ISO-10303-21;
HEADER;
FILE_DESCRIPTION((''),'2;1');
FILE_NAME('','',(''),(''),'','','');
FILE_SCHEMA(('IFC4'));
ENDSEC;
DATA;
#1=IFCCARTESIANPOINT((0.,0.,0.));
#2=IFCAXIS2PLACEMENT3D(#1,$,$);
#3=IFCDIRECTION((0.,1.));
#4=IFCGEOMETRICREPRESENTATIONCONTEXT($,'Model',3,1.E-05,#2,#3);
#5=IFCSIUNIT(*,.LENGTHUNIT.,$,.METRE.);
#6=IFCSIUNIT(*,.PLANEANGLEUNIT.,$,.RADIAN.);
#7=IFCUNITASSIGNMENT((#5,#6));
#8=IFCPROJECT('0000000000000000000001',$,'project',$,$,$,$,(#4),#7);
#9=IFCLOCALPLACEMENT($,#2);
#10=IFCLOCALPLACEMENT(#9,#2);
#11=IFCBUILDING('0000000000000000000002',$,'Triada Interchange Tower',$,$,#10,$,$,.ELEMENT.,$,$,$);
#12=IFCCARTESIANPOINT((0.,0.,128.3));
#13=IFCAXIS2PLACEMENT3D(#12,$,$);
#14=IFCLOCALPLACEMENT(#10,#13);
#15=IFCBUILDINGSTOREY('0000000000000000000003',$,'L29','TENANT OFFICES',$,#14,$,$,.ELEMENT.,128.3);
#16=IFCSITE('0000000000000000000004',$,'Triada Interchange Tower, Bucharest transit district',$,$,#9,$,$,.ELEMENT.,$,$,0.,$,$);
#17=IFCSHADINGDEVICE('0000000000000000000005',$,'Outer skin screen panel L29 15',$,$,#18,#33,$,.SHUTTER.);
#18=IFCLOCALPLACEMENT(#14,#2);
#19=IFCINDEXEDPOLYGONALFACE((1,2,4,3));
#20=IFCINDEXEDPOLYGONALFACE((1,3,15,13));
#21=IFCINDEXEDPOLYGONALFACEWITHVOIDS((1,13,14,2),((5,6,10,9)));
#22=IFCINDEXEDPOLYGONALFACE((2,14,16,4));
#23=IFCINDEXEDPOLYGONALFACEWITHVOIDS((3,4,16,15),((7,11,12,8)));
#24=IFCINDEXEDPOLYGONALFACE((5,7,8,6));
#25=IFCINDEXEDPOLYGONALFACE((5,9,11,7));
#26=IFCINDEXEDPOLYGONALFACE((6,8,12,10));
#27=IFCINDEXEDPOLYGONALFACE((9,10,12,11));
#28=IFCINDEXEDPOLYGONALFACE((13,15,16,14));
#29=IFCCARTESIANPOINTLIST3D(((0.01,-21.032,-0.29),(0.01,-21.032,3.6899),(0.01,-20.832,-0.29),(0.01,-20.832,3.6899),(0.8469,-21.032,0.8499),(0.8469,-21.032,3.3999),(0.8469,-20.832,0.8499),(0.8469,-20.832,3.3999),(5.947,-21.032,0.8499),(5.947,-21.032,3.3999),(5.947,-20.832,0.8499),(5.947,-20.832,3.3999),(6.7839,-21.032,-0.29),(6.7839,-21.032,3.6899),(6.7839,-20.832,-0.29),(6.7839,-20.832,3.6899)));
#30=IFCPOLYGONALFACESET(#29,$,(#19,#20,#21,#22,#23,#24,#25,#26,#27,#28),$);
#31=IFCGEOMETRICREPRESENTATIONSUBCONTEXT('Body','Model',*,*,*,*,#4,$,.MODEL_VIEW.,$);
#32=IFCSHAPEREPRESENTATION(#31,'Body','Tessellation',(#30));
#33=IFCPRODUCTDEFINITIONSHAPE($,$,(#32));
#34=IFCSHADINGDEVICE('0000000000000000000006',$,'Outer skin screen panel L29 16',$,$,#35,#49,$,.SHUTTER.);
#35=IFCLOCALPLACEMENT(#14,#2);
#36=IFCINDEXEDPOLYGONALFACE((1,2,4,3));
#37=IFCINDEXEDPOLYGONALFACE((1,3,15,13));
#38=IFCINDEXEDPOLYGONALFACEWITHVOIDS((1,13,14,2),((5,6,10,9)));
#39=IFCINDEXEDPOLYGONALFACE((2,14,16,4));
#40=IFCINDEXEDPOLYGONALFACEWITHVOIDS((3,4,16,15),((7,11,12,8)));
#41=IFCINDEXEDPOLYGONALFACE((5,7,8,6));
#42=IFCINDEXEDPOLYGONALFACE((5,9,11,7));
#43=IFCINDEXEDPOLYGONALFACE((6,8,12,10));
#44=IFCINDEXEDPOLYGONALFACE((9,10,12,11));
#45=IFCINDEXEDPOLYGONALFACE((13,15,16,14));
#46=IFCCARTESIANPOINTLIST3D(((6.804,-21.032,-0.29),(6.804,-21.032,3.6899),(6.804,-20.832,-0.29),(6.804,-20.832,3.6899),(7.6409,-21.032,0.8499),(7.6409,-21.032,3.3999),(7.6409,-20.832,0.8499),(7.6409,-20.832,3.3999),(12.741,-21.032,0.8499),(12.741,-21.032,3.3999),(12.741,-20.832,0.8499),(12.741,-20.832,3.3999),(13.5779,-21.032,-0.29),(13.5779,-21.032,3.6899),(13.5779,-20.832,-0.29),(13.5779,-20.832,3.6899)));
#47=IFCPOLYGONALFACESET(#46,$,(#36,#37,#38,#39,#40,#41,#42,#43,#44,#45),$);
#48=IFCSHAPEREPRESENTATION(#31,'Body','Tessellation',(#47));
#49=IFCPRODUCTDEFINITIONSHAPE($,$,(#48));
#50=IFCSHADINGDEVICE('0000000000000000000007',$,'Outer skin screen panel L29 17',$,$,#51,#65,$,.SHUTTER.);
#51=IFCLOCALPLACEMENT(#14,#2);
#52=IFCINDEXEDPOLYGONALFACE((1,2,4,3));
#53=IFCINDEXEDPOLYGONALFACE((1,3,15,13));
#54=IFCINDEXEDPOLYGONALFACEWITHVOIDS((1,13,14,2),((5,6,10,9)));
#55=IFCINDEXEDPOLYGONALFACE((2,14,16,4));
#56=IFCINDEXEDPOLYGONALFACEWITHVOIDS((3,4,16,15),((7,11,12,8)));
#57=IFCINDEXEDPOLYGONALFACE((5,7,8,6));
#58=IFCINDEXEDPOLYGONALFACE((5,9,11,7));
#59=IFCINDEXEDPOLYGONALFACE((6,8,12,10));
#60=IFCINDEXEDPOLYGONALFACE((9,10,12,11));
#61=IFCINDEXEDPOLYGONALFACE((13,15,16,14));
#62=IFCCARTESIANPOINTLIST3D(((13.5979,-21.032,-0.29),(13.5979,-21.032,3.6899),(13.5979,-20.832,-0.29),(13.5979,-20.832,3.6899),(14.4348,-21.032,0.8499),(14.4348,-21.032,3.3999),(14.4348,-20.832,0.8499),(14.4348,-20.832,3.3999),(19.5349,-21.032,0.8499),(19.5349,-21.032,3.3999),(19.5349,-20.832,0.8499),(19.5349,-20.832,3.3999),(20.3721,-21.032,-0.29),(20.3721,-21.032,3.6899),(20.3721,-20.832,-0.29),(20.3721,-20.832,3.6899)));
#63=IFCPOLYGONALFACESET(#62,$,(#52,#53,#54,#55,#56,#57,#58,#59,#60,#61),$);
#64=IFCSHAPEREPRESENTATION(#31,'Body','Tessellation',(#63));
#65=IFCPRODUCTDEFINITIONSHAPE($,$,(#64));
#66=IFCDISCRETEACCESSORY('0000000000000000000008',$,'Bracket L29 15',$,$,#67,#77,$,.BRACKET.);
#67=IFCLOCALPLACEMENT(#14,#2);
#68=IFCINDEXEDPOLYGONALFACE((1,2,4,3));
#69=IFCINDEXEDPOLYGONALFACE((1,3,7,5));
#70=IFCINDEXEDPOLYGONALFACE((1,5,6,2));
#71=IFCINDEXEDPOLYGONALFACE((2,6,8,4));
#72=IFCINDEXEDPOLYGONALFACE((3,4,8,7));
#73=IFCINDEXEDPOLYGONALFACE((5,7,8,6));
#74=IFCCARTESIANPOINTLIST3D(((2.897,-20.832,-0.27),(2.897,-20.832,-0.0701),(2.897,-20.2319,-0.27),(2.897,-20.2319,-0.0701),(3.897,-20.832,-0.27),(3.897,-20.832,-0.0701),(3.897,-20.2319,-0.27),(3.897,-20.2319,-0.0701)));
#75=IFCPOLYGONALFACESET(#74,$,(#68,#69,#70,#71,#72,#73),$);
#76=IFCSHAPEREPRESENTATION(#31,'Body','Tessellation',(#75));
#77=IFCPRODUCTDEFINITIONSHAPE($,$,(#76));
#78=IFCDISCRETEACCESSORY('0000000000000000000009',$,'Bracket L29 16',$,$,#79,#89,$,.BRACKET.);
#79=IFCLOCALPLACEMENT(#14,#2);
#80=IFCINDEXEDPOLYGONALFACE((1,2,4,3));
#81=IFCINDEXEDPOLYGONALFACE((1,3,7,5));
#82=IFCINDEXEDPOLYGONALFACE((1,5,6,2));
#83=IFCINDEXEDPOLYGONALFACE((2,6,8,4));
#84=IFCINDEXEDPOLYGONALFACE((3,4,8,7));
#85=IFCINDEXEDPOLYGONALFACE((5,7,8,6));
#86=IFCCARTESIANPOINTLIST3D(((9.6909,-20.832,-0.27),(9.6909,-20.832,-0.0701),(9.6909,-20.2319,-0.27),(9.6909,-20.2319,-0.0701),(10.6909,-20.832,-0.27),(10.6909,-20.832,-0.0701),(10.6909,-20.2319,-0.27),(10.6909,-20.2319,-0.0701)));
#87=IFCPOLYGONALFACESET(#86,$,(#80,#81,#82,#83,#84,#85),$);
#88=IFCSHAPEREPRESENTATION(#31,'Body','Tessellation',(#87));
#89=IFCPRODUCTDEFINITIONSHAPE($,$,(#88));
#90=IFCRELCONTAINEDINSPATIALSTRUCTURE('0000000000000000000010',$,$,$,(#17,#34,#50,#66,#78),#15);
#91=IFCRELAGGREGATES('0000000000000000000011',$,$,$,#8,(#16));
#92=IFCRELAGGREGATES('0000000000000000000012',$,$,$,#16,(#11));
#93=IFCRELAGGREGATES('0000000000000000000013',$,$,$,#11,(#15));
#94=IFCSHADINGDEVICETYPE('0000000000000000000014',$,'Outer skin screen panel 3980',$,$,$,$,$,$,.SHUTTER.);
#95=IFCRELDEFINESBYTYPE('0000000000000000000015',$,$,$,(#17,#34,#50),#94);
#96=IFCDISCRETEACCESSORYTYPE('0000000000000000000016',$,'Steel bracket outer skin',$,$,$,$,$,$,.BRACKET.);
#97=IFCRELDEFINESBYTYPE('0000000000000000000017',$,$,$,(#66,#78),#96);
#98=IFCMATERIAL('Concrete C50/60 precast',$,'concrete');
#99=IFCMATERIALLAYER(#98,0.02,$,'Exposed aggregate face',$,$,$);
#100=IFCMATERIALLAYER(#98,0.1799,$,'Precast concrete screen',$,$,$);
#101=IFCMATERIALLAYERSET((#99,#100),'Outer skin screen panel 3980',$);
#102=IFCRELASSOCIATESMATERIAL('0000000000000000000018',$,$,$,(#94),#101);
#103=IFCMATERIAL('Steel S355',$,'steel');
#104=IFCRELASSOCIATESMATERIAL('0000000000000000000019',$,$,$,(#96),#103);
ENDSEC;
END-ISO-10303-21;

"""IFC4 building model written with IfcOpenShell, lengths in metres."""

from ifc_helpers import new_model, si_unit, direction, frame, origin, origin_2d, place, context, subcontext, project, spatial, polyline, rectangle, outline, extrude, material, layer, layer_set, type_object, element, save


model = new_model("IFC4")

# Units and contexts
model_context = context("Model", 3, precision=1e-05, world=origin(), true_north=direction((0.0, 1.0)))
body_context = subcontext(model_context, "Body", "Model", "MODEL_VIEW")
ifc_project = project(units=[si_unit("LENGTHUNIT", "METRE"), si_unit("PLANEANGLEUNIT", "RADIAN")], contexts=[model_context])

# Site, building, storey
site_placement = place(None, origin())
site = spatial("IfcSite", under=ifc_project, at=site_placement, Name="Triada Interchange Tower, Bucharest transit district", CompositionType="ELEMENT", RefElevation=0.0)
building_placement = place(site_placement, origin())
building = spatial("IfcBuilding", under=site, at=building_placement, Name="Triada Interchange Tower", CompositionType="ELEMENT")
storey_placement = place(building_placement, frame((0.0, 0.0, 128.3)))
storey = spatial("IfcBuildingStorey", under=building, at=storey_placement, Name="L29", Description="TENANT OFFICES", CompositionType="ELEMENT", Elevation=128.3)

# Shading devices
ifc_material_1 = material(Name="Concrete C50/60 precast", Category="concrete")
ifc_layer_1 = layer(ifc_material_1, 0.02, Name="Exposed aggregate face")
ifc_layer_2 = layer(ifc_material_1, 0.1799, Name="Precast concrete screen")
ifc_layer_set_1 = layer_set([ifc_layer_1, ifc_layer_2], Name="Outer skin screen panel 3980")
shading_device_type = type_object("IfcShadingDeviceType", Name="Outer skin screen panel 3980", PredefinedType="SHUTTER", material=ifc_layer_set_1)
for number, where, z_axis, x_axis, name in (
    (1, (0.01, -20.832, -0.29), (0.0, 0.0, 1.0), (1.0, 0.0, 0.0), "Outer skin screen panel L29 15"),
    (2, (6.804, -20.832, -0.29), (0.0, 0.0, 1.0), (1.0, 0.0, 0.0), "Outer skin screen panel L29 16"),
):
    element("IfcShadingDevice", number, at=place(storey_placement, frame(where, z_axis=z_axis, x_axis=x_axis)), inside=storey, type_object=shading_device_type, Name=name, PredefinedType="SHUTTER", context=body_context, shape_type="SweptSolid", body=[
        extrude(outline(polyline([(0.0, 0.0), (6.7739, 0.0), (6.7739, 3.98), (0.0, 3.98), (0.0, 0.0)]), holes=[polyline([(0.8369, 1.1399), (0.8369, 3.6899), (5.937, 3.6899), (5.937, 1.1399), (0.8369, 1.1399)])]), frame((0.0, 0.0, 0.0), z_axis=(0.0, -1.0, 0.0), x_axis=(1.0, 0.0, 0.0)), (0.0, 0.0, 1.0), 0.2),
    ])
shading_device_placement = place(storey_placement, frame((13.5979, -20.832, -0.29), z_axis=(0.0, 0.0, 1.0), x_axis=(1.0, 0.0, 0.0)))
element("IfcShadingDevice", 3, at=shading_device_placement, inside=storey, type_object=shading_device_type, Name="Outer skin screen panel L29 17", PredefinedType="SHUTTER", context=body_context, shape_type="SweptSolid", body=[
    extrude(outline(polyline([(0.0, 0.0), (6.7742, 0.0), (6.7742, 3.98), (0.0, 3.98), (0.0, 0.0)]), holes=[polyline([(0.8369, 1.1399), (0.8369, 3.6899), (5.937, 3.6899), (5.937, 1.1399), (0.8369, 1.1399)])]), frame((0.0, 0.0, 0.0), z_axis=(0.0, -1.0, 0.0), x_axis=(1.0, 0.0, 0.0)), (0.0, 0.0, 1.0), 0.2),
])

# Discrete accessories
ifc_material_2 = material(Name="Steel S355", Category="steel")
discrete_accessory_type = type_object("IfcDiscreteAccessoryType", Name="Steel bracket outer skin", PredefinedType="BRACKET", material=ifc_material_2)
for number, where, z_axis, x_axis, name in (
    (4, (3.397, -20.532, -0.27), (0.0, 0.0, 1.0), (0.0, -1.0, 0.0), "Bracket L29 15"),
    (5, (10.1909, -20.532, -0.27), (0.0, 0.0, 1.0), (0.0, -1.0, 0.0), "Bracket L29 16"),
):
    element("IfcDiscreteAccessory", number, at=place(storey_placement, frame(where, z_axis=z_axis, x_axis=x_axis)), inside=storey, type_object=discrete_accessory_type, Name=name, PredefinedType="BRACKET", context=body_context, shape_type="SweptSolid", body=[
        extrude(rectangle(XDim=0.6001, YDim=1.0, at=origin_2d()), origin(), (0.0, 0.0, 1.0), 0.2),
    ])

save(model, "model.ifc")
